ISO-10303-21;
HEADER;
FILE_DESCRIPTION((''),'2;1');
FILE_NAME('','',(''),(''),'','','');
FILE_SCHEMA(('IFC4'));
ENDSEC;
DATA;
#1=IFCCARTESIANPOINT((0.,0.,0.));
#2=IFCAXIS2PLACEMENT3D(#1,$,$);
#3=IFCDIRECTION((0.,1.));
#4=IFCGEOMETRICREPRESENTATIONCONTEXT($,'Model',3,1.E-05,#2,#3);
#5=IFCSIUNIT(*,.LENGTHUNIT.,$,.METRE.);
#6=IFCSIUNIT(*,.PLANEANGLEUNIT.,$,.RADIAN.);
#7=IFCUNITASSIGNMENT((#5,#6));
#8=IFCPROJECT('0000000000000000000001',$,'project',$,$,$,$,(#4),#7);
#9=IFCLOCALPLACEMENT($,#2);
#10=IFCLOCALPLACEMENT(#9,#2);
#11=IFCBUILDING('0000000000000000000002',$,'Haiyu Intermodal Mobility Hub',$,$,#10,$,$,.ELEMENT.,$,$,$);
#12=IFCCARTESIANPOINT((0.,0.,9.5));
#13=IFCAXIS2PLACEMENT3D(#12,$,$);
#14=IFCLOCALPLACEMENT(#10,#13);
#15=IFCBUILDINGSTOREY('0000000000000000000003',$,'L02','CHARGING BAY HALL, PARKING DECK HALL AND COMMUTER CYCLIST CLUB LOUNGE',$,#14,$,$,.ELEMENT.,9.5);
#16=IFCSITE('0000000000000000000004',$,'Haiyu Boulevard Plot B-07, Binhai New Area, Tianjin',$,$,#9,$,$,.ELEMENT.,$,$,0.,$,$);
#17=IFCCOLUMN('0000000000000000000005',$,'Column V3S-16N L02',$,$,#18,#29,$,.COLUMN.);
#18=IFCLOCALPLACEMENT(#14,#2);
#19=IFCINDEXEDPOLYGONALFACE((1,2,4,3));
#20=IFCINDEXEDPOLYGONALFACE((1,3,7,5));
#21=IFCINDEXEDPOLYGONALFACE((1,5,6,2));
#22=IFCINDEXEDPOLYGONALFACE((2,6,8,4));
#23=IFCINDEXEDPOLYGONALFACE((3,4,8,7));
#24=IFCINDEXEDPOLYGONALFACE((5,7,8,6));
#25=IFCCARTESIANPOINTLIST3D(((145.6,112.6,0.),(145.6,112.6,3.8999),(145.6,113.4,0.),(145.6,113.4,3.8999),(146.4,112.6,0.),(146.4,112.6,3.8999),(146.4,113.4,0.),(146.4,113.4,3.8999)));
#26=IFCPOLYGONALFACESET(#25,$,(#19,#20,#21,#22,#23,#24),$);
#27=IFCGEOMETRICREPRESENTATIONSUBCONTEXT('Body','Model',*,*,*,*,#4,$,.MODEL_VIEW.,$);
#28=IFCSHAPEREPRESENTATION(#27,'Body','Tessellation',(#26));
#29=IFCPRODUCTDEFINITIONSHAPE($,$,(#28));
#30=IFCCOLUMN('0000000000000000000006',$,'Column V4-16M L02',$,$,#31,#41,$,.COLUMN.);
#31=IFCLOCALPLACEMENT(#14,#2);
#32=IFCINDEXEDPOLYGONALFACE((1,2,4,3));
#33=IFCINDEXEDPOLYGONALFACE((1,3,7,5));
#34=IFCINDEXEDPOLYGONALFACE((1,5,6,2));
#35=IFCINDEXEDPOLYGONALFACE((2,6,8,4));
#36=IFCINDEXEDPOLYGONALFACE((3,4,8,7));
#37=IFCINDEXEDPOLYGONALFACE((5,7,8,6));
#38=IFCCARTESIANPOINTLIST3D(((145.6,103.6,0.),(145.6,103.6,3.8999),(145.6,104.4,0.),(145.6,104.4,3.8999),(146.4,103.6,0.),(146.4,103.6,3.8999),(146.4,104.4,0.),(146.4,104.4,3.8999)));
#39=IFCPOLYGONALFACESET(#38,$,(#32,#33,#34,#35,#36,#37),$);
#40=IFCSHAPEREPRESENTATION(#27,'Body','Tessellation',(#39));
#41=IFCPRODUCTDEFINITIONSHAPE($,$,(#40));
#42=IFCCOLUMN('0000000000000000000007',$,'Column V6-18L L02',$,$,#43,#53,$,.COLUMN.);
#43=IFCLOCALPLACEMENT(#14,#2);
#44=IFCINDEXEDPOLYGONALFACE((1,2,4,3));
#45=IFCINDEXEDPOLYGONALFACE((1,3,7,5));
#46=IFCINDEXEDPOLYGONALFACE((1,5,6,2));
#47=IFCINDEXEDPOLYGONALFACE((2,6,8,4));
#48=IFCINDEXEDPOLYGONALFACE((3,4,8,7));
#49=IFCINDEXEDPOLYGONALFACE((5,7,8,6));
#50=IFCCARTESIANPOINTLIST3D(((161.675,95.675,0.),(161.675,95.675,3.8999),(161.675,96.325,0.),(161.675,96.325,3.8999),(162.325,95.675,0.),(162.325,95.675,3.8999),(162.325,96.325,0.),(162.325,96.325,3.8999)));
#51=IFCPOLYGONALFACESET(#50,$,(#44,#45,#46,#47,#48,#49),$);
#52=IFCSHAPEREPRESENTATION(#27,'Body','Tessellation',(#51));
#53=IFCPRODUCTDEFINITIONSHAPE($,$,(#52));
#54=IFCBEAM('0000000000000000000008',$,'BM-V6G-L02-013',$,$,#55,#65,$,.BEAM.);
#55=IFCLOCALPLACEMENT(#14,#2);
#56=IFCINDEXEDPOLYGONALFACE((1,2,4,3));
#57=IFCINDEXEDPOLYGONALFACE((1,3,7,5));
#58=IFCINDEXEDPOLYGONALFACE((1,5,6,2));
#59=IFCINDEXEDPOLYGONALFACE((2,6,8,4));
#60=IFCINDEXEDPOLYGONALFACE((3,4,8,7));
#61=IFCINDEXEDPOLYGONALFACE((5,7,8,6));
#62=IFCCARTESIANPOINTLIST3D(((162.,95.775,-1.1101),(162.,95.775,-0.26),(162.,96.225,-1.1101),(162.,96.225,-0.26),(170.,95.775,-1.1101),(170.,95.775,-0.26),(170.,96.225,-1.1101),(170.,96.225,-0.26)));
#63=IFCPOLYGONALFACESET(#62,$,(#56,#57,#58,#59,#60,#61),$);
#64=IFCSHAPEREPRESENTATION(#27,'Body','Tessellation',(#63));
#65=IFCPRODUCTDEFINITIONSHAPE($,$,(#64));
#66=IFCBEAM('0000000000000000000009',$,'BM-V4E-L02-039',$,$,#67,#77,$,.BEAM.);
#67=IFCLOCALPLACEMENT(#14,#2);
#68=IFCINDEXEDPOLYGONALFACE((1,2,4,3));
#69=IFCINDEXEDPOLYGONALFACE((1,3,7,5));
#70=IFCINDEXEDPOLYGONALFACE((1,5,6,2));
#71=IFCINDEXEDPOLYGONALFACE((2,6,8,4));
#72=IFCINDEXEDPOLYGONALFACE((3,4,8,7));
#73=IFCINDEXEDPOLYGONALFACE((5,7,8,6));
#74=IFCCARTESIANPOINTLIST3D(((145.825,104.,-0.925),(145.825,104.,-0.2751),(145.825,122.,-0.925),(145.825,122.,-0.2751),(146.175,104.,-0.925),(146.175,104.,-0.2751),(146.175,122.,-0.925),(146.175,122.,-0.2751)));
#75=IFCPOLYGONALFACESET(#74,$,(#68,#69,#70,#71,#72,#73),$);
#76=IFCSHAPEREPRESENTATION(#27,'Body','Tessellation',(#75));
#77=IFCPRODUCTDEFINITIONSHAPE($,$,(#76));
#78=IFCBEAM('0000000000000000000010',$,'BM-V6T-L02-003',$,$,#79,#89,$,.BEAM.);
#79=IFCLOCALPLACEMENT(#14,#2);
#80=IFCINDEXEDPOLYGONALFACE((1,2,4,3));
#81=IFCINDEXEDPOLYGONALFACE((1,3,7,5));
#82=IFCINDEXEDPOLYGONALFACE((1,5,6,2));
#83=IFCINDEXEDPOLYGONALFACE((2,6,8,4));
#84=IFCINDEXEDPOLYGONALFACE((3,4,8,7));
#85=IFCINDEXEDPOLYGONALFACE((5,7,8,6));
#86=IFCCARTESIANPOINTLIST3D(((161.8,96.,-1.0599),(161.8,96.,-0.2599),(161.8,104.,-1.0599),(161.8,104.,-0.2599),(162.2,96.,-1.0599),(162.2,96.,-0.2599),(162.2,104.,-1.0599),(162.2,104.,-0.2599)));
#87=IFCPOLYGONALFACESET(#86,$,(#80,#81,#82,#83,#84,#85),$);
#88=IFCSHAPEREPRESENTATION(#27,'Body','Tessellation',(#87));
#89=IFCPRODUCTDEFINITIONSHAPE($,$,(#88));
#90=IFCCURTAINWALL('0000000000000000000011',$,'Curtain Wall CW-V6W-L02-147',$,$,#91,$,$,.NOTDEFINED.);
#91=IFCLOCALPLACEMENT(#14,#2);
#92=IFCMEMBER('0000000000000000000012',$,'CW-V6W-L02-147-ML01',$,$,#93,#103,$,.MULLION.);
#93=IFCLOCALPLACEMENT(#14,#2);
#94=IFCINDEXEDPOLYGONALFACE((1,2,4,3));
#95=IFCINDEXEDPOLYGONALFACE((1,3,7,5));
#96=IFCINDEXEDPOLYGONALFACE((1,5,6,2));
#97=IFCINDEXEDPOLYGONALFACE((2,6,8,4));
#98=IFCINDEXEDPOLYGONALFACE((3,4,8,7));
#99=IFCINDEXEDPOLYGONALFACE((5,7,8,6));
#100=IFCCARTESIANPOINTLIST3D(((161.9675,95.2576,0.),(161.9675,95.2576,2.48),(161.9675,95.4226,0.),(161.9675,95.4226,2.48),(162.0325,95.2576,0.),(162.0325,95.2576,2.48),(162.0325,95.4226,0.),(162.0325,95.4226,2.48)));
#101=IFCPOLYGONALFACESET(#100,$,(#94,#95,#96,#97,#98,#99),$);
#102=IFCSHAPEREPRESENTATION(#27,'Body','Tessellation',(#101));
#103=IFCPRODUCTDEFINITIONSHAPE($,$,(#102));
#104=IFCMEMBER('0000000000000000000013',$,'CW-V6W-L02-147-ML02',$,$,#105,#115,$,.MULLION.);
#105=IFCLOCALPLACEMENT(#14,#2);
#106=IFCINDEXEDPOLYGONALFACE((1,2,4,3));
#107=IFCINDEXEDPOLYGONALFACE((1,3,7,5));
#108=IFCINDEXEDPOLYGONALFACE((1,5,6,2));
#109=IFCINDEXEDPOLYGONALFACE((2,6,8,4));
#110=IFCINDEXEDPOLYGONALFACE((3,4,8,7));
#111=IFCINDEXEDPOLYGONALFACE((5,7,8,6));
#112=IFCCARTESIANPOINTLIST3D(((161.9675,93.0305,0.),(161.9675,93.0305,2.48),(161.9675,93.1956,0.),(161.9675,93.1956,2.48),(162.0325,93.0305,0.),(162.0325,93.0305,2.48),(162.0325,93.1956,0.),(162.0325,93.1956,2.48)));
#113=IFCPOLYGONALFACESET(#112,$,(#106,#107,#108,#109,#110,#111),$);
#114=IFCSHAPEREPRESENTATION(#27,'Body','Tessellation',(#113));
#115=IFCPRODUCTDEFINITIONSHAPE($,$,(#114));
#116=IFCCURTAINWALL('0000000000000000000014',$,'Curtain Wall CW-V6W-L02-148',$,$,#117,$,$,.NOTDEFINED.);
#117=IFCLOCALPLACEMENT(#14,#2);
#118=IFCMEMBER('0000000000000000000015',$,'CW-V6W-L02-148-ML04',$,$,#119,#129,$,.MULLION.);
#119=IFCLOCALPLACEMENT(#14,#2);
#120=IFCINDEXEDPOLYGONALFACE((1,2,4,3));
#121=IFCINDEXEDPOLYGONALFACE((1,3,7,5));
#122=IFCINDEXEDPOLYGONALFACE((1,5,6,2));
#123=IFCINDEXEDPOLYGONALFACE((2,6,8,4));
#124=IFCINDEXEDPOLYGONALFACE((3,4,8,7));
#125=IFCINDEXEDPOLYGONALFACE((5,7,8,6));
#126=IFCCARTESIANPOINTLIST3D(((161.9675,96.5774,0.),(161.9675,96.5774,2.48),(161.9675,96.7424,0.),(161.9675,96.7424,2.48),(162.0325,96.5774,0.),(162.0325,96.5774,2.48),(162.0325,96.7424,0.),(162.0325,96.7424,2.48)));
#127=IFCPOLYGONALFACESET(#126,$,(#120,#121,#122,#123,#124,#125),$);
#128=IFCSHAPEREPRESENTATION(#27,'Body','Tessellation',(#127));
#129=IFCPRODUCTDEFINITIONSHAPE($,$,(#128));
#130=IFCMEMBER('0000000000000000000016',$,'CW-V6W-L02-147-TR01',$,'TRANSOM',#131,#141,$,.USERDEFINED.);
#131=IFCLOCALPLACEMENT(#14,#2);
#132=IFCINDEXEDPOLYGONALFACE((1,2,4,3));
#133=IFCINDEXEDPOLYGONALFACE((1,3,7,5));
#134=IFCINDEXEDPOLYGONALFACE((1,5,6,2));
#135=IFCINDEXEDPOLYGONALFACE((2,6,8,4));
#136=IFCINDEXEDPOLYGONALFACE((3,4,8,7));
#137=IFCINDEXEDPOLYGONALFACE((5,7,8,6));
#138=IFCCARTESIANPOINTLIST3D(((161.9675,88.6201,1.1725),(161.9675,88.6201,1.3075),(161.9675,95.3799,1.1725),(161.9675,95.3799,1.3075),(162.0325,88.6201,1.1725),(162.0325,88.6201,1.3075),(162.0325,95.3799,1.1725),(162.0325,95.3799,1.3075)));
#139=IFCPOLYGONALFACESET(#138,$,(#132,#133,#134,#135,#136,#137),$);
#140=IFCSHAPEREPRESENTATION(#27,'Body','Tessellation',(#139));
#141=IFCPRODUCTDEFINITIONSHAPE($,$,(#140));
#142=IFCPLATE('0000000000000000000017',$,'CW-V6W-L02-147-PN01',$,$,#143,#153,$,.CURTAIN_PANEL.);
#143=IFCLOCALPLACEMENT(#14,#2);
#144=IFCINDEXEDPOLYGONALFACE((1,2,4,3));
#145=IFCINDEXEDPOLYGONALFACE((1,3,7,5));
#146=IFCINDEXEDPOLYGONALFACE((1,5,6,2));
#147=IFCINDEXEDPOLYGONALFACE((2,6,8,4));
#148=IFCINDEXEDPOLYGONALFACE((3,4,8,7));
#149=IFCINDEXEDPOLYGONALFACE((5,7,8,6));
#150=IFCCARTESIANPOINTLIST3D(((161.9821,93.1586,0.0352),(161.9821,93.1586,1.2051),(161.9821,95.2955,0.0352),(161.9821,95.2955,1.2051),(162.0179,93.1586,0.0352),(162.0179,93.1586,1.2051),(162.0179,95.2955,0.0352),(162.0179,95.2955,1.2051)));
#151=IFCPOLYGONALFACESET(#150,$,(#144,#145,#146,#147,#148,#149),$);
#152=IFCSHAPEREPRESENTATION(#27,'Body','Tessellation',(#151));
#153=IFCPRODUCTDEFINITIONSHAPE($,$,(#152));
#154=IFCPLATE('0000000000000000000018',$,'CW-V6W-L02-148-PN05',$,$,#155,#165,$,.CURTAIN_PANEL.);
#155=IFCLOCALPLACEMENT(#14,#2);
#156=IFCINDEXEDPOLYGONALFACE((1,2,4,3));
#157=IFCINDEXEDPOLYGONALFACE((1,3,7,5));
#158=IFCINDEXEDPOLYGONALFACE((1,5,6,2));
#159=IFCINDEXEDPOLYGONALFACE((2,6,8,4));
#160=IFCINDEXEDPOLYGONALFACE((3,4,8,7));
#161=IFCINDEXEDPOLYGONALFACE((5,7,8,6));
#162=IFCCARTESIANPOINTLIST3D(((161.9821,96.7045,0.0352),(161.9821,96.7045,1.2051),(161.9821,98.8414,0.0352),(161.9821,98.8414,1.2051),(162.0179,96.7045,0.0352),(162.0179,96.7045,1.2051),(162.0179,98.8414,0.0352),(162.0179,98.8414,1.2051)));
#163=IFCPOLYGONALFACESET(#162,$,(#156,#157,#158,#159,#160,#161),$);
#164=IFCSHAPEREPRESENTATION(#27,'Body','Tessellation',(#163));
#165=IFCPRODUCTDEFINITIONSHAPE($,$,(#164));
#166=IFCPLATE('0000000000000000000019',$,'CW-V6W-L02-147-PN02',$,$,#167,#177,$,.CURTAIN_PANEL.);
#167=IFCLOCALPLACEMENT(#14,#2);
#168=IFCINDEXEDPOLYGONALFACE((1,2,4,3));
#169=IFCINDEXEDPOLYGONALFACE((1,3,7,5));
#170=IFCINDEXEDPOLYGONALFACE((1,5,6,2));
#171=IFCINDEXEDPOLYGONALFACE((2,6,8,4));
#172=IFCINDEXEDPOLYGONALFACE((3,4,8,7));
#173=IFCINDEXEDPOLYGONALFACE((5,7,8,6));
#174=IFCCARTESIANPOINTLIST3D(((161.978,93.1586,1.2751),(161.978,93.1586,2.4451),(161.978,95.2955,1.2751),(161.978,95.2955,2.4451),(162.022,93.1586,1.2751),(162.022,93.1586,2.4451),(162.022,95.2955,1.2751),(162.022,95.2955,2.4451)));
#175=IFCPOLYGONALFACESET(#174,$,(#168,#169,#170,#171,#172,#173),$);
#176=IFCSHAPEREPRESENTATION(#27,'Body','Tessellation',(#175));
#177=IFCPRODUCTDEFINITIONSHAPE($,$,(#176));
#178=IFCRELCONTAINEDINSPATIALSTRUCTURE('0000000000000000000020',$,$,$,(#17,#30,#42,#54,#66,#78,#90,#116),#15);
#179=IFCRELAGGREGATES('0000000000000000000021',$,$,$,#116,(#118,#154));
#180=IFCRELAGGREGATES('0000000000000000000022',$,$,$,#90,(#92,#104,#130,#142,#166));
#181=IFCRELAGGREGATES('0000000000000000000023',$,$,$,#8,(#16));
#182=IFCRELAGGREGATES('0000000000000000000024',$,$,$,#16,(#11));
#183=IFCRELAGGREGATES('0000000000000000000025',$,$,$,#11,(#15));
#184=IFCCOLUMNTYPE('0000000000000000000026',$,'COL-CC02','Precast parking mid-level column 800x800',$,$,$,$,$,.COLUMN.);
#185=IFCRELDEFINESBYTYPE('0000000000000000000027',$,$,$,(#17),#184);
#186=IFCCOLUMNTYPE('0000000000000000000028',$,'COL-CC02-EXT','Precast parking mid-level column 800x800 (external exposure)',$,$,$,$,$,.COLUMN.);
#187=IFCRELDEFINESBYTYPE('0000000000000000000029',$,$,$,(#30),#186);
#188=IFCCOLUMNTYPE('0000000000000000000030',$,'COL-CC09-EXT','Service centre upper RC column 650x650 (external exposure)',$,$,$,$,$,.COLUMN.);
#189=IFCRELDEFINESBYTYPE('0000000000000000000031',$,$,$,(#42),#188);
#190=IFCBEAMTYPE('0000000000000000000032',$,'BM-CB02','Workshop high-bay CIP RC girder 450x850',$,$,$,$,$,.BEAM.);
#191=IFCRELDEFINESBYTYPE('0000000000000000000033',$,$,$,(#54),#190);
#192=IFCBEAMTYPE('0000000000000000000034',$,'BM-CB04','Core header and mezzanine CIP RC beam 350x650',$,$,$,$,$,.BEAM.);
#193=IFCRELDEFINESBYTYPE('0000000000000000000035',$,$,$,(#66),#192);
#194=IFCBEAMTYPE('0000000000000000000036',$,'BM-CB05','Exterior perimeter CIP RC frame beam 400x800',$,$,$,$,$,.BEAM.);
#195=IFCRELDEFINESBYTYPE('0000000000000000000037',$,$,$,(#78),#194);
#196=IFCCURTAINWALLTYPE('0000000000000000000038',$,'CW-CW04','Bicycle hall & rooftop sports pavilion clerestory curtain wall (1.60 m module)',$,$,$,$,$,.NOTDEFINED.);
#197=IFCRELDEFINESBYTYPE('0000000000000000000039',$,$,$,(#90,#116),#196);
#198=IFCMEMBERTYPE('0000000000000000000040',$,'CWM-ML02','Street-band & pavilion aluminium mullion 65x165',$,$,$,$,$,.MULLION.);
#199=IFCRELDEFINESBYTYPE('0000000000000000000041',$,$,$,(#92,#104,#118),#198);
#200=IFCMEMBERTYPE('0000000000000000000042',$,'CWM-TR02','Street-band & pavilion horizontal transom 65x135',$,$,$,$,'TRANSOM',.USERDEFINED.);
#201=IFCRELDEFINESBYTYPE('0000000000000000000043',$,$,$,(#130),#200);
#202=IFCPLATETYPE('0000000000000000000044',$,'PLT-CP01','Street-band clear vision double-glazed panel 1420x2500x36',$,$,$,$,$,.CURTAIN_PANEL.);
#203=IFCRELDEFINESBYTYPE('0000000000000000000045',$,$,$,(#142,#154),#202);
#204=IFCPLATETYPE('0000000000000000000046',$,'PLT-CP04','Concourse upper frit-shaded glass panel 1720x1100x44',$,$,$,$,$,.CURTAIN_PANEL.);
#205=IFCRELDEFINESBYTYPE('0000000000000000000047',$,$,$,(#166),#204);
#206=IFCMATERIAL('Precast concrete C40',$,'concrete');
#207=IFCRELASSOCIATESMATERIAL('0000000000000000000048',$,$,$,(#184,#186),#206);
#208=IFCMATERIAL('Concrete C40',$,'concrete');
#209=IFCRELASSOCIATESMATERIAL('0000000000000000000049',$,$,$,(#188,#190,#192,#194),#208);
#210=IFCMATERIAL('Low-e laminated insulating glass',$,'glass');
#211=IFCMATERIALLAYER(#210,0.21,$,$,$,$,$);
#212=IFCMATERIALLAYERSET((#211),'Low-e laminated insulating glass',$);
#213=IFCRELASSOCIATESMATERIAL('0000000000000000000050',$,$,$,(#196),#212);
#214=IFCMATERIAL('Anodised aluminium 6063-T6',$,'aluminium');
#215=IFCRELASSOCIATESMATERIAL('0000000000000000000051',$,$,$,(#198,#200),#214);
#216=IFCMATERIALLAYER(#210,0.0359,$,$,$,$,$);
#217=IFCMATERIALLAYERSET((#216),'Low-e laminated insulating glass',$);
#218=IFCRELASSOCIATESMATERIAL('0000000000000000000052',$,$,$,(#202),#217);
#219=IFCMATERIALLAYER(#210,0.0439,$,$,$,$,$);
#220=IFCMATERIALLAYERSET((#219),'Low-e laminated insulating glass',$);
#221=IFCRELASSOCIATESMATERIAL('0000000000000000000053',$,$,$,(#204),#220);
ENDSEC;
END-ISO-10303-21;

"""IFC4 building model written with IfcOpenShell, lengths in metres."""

from ifc_helpers import new_model, si_unit, direction, frame, origin, origin_2d, place, context, subcontext, project, spatial, rectangle, extrude, material, layer, layer_set, material_profile, profile_set, type_object, element, aggregate, save


model = new_model("IFC4")

# Units and contexts
model_context = context("Model", 3, precision=1e-05, world=origin(), true_north=direction((0.0, 1.0)))
body_context = subcontext(model_context, "Body", "Model", "MODEL_VIEW")
ifc_project = project(units=[si_unit("LENGTHUNIT", "METRE"), si_unit("PLANEANGLEUNIT", "RADIAN")], contexts=[model_context])

# Site, building, storey
site_placement = place(None, origin())
site = spatial("IfcSite", under=ifc_project, at=site_placement, Name="Haiyu Boulevard Plot B-07, Binhai New Area, Tianjin", CompositionType="ELEMENT", RefElevation=0.0)
building_placement = place(site_placement, origin())
building = spatial("IfcBuilding", under=site, at=building_placement, Name="Haiyu Intermodal Mobility Hub", CompositionType="ELEMENT")
storey_placement = place(building_placement, frame((0.0, 0.0, 9.5)))
storey = spatial("IfcBuildingStorey", under=building, at=storey_placement, Name="L02", Description="CHARGING BAY HALL, PARKING DECK HALL AND COMMUTER CYCLIST CLUB LOUNGE", CompositionType="ELEMENT", Elevation=9.5)

# Columns
ifc_material_1 = material(Name="Precast concrete C40", Category="concrete")
ifc_material_profile_1 = material_profile(ifc_material_1, rectangle(XDim=0.8, YDim=0.8, at=origin_2d()), Name="RC800x800")
ifc_profile_set_1 = profile_set([ifc_material_profile_1], Name="Precast concrete C40")
column_type_1 = type_object("IfcColumnType", Name="COL-CC02", Description="Precast parking mid-level column 800x800", PredefinedType="COLUMN", material=ifc_profile_set_1)
column_1_placement = place(storey_placement, frame((146.0, 113.0, 0.0), z_axis=(0.0, 0.0, 1.0), x_axis=(1.0, 0.0, 0.0)))
element("IfcColumn", 1, at=column_1_placement, inside=storey, type_object=column_type_1, Name="Column V3S-16N L02", PredefinedType="COLUMN", context=body_context, shape_type="SweptSolid", body=[
    extrude(rectangle(XDim=0.8, YDim=0.8, at=origin_2d()), origin(), (0.0, 0.0, 1.0), 3.8999),
])
ifc_material_profile_2 = material_profile(ifc_material_1, rectangle(XDim=0.8, YDim=0.8, at=origin_2d()), Name="RC800x800")
ifc_profile_set_2 = profile_set([ifc_material_profile_2], Name="Precast concrete C40")
column_type_2 = type_object("IfcColumnType", Name="COL-CC02-EXT", Description="Precast parking mid-level column 800x800 (external exposure)", PredefinedType="COLUMN", material=ifc_profile_set_2)
column_2_placement = place(storey_placement, frame((146.0, 104.0, 0.0), z_axis=(0.0, 0.0, 1.0), x_axis=(1.0, 0.0, 0.0)))
element("IfcColumn", 2, at=column_2_placement, inside=storey, type_object=column_type_2, Name="Column V4-16M L02", PredefinedType="COLUMN", context=body_context, shape_type="SweptSolid", body=[
    extrude(rectangle(XDim=0.8, YDim=0.8, at=origin_2d()), origin(), (0.0, 0.0, 1.0), 3.8999),
])
ifc_material_2 = material(Name="Concrete C40", Category="concrete")
ifc_material_profile_3 = material_profile(ifc_material_2, rectangle(XDim=0.6499, YDim=0.6499, at=origin_2d()), Name="RC650x650")
ifc_profile_set_3 = profile_set([ifc_material_profile_3], Name="Concrete C40")
column_type_3 = type_object("IfcColumnType", Name="COL-CC09-EXT", Description="Service centre upper RC column 650x650 (external exposure)", PredefinedType="COLUMN", material=ifc_profile_set_3)
column_3_placement = place(storey_placement, frame((162.0, 96.0, 0.0), z_axis=(0.0, 0.0, 1.0), x_axis=(1.0, 0.0, 0.0)))
element("IfcColumn", 3, at=column_3_placement, inside=storey, type_object=column_type_3, Name="Column V6-18L L02", PredefinedType="COLUMN", context=body_context, shape_type="SweptSolid", body=[
    extrude(rectangle(XDim=0.6499, YDim=0.6499, at=origin_2d()), origin(), (0.0, 0.0, 1.0), 3.8999),
])

# Beams
ifc_material_profile_4 = material_profile(ifc_material_2, rectangle(XDim=0.45, YDim=0.8501, at=origin_2d()), Name="RCB450x850")
ifc_profile_set_4 = profile_set([ifc_material_profile_4], Name="Concrete C40")
beam_type_1 = type_object("IfcBeamType", Name="BM-CB02", Description="Workshop high-bay CIP RC girder 450x850", PredefinedType="BEAM", material=ifc_profile_set_4)
beam_1_placement = place(storey_placement, frame((162.0, 96.0, -0.6851), z_axis=(1.0, 0.0, 0.0), x_axis=(0.0, 1.0, 0.0)))
element("IfcBeam", 4, at=beam_1_placement, inside=storey, type_object=beam_type_1, Name="BM-V6G-L02-013", PredefinedType="BEAM", context=body_context, shape_type="SweptSolid", body=[
    extrude(rectangle(XDim=0.45, YDim=0.8501, at=origin_2d()), origin(), (0.0, 0.0, 1.0), 8.0),
])
ifc_material_profile_5 = material_profile(ifc_material_2, rectangle(XDim=0.3501, YDim=0.6499, at=origin_2d()), Name="RCB350x650")
ifc_profile_set_5 = profile_set([ifc_material_profile_5], Name="Concrete C40")
beam_type_2 = type_object("IfcBeamType", Name="BM-CB04", Description="Core header and mezzanine CIP RC beam 350x650", PredefinedType="BEAM", material=ifc_profile_set_5)
beam_2_placement = place(storey_placement, frame((146.0, 104.0, -0.6001), z_axis=(0.0, 1.0, 0.0), x_axis=(-1.0, 0.0, 0.0)))
element("IfcBeam", 5, at=beam_2_placement, inside=storey, type_object=beam_type_2, Name="BM-V4E-L02-039", PredefinedType="BEAM", context=body_context, shape_type="SweptSolid", body=[
    extrude(rectangle(XDim=0.3501, YDim=0.6499, at=origin_2d()), origin(), (0.0, 0.0, 1.0), 18.0),
])
ifc_material_profile_6 = material_profile(ifc_material_2, rectangle(XDim=0.3999, YDim=0.8, at=origin_2d()), Name="RCB400x800")
ifc_profile_set_6 = profile_set([ifc_material_profile_6], Name="Concrete C40")
beam_type_3 = type_object("IfcBeamType", Name="BM-CB05", Description="Exterior perimeter CIP RC frame beam 400x800", PredefinedType="BEAM", material=ifc_profile_set_6)
beam_3_placement = place(storey_placement, frame((162.0, 96.0, -0.6599), z_axis=(0.0, 1.0, 0.0), x_axis=(-1.0, 0.0, 0.0)))
element("IfcBeam", 6, at=beam_3_placement, inside=storey, type_object=beam_type_3, Name="BM-V6T-L02-003", PredefinedType="BEAM", context=body_context, shape_type="SweptSolid", body=[
    extrude(rectangle(XDim=0.3999, YDim=0.8, at=origin_2d()), origin(), (0.0, 0.0, 1.0), 8.0),
])

# Curtain wall, members
ifc_material_3 = material(Name="Low-e laminated insulating glass", Category="glass")
ifc_layer_1 = layer(ifc_material_3, 0.21)
ifc_layer_set_1 = layer_set([ifc_layer_1], Name="Low-e laminated insulating glass")
curtain_wall_type = type_object("IfcCurtainWallType", Name="CW-CW04", Description="Bicycle hall & rooftop sports pavilion clerestory curtain wall (1.60 m module)", PredefinedType="NOTDEFINED", material=ifc_layer_set_1)
curtain_wall_1_placement = place(storey_placement, origin())
curtain_wall_1 = element("IfcCurtainWall", 7, at=curtain_wall_1_placement, inside=storey, type_object=curtain_wall_type, Name="Curtain Wall CW-V6W-L02-147", PredefinedType="NOTDEFINED")
ifc_material_4 = material(Name="Anodised aluminium 6063-T6", Category="aluminium")
ifc_material_profile_7 = material_profile(ifc_material_4, rectangle(XDim=0.0649, YDim=0.165, at=origin_2d()), Name="ALU65x165")
ifc_profile_set_7 = profile_set([ifc_material_profile_7], Name="Anodised aluminium 6063-T6")
member_type_1 = type_object("IfcMemberType", Name="CWM-ML02", Description="Street-band & pavilion aluminium mullion 65x165", PredefinedType="MULLION", material=ifc_profile_set_7)
member_1_placement = place(storey_placement, frame((162.0, 95.3401, 0.0), z_axis=(0.0, 0.0, 1.0), x_axis=(1.0, 0.0, 0.0)))
member_1 = element("IfcMember", 8, at=member_1_placement, type_object=member_type_1, Name="CW-V6W-L02-147-ML01", PredefinedType="MULLION", context=body_context, shape_type="SweptSolid", body=[
    extrude(rectangle(XDim=0.0649, YDim=0.165, at=origin_2d()), origin(), (0.0, 0.0, 1.0), 2.48),
])
member_2_placement = place(storey_placement, frame((162.0, 93.113, 0.0), z_axis=(0.0, 0.0, 1.0), x_axis=(1.0, 0.0, 0.0)))
member_2 = element("IfcMember", 9, at=member_2_placement, type_object=member_type_1, Name="CW-V6W-L02-147-ML02", PredefinedType="MULLION", context=body_context, shape_type="SweptSolid", body=[
    extrude(rectangle(XDim=0.0649, YDim=0.165, at=origin_2d()), origin(), (0.0, 0.0, 1.0), 2.48),
])

# Curtain wall, member
curtain_wall_2_placement = place(storey_placement, origin())
curtain_wall_2 = element("IfcCurtainWall", 10, at=curtain_wall_2_placement, inside=storey, type_object=curtain_wall_type, Name="Curtain Wall CW-V6W-L02-148", PredefinedType="NOTDEFINED")
member_3_placement = place(storey_placement, frame((162.0, 96.6599, 0.0), z_axis=(0.0, 0.0, 1.0), x_axis=(1.0, 0.0, 0.0)))
member_3 = element("IfcMember", 11, at=member_3_placement, type_object=member_type_1, Name="CW-V6W-L02-148-ML04", PredefinedType="MULLION", context=body_context, shape_type="SweptSolid", body=[
    extrude(rectangle(XDim=0.0649, YDim=0.165, at=origin_2d()), origin(), (0.0, 0.0, 1.0), 2.48),
])

# Member
ifc_material_profile_8 = material_profile(ifc_material_4, rectangle(XDim=0.0649, YDim=0.135, at=origin_2d()), Name="ALU65x135")
ifc_profile_set_8 = profile_set([ifc_material_profile_8], Name="Anodised aluminium 6063-T6")
member_type_2 = type_object("IfcMemberType", Name="CWM-TR02", Description="Street-band & pavilion horizontal transom 65x135", ElementType="TRANSOM", PredefinedType="USERDEFINED", material=ifc_profile_set_8)
member_4_placement = place(storey_placement, frame((162.0, 95.3799, 1.24), z_axis=(0.0, -1.0, 0.0), x_axis=(1.0, 0.0, 0.0)))
member_4 = element("IfcMember", 12, at=member_4_placement, type_object=member_type_2, Name="CW-V6W-L02-147-TR01", ObjectType="TRANSOM", PredefinedType="USERDEFINED", context=body_context, shape_type="SweptSolid", body=[
    extrude(rectangle(XDim=0.0649, YDim=0.135, at=origin_2d()), origin(), (0.0, 0.0, 1.0), 6.7598),
])

# Plates
ifc_layer_2 = layer(ifc_material_3, 0.0359)
ifc_layer_set_2 = layer_set([ifc_layer_2], Name="Low-e laminated insulating glass")
plate_type_1 = type_object("IfcPlateType", Name="PLT-CP01", Description="Street-band clear vision double-glazed panel 1420x2500x36", PredefinedType="CURTAIN_PANEL", material=ifc_layer_set_2)
plate_1_placement = place(storey_placement, frame((162.0, 94.2271, 0.0352), z_axis=(0.0, 0.0, 1.0), x_axis=(0.0, -1.0, 0.0)))
plate_1 = element("IfcPlate", 13, at=plate_1_placement, type_object=plate_type_1, Name="CW-V6W-L02-147-PN01", PredefinedType="CURTAIN_PANEL", context=body_context, shape_type="SweptSolid", body=[
    extrude(rectangle(XDim=2.137, YDim=0.0359, at=origin_2d()), origin(), (0.0, 0.0, 1.0), 1.1699),
])
plate_2_placement = place(storey_placement, frame((162.0, 97.7729, 0.0352), z_axis=(0.0, 0.0, 1.0), x_axis=(0.0, -1.0, 0.0)))
plate_2 = element("IfcPlate", 14, at=plate_2_placement, type_object=plate_type_1, Name="CW-V6W-L02-148-PN05", PredefinedType="CURTAIN_PANEL", context=body_context, shape_type="SweptSolid", body=[
    extrude(rectangle(XDim=2.137, YDim=0.0359, at=origin_2d()), origin(), (0.0, 0.0, 1.0), 1.1699),
])
aggregate(curtain_wall_2, [member_3, plate_2])
ifc_layer_3 = layer(ifc_material_3, 0.0439)
ifc_layer_set_3 = layer_set([ifc_layer_3], Name="Low-e laminated insulating glass")
plate_type_2 = type_object("IfcPlateType", Name="PLT-CP04", Description="Concourse upper frit-shaded glass panel 1720x1100x44", PredefinedType="CURTAIN_PANEL", material=ifc_layer_set_3)
plate_3_placement = place(storey_placement, frame((162.0, 94.2271, 1.2751), z_axis=(0.0, 0.0, 1.0), x_axis=(0.0, -1.0, 0.0)))
plate_3 = element("IfcPlate", 15, at=plate_3_placement, type_object=plate_type_2, Name="CW-V6W-L02-147-PN02", PredefinedType="CURTAIN_PANEL", context=body_context, shape_type="SweptSolid", body=[
    extrude(rectangle(XDim=2.137, YDim=0.0439, at=origin_2d()), origin(), (0.0, 0.0, 1.0), 1.1699),
])
aggregate(curtain_wall_1, [member_1, member_2, member_4, plate_1, plate_3])

save(model, "model.ifc")
